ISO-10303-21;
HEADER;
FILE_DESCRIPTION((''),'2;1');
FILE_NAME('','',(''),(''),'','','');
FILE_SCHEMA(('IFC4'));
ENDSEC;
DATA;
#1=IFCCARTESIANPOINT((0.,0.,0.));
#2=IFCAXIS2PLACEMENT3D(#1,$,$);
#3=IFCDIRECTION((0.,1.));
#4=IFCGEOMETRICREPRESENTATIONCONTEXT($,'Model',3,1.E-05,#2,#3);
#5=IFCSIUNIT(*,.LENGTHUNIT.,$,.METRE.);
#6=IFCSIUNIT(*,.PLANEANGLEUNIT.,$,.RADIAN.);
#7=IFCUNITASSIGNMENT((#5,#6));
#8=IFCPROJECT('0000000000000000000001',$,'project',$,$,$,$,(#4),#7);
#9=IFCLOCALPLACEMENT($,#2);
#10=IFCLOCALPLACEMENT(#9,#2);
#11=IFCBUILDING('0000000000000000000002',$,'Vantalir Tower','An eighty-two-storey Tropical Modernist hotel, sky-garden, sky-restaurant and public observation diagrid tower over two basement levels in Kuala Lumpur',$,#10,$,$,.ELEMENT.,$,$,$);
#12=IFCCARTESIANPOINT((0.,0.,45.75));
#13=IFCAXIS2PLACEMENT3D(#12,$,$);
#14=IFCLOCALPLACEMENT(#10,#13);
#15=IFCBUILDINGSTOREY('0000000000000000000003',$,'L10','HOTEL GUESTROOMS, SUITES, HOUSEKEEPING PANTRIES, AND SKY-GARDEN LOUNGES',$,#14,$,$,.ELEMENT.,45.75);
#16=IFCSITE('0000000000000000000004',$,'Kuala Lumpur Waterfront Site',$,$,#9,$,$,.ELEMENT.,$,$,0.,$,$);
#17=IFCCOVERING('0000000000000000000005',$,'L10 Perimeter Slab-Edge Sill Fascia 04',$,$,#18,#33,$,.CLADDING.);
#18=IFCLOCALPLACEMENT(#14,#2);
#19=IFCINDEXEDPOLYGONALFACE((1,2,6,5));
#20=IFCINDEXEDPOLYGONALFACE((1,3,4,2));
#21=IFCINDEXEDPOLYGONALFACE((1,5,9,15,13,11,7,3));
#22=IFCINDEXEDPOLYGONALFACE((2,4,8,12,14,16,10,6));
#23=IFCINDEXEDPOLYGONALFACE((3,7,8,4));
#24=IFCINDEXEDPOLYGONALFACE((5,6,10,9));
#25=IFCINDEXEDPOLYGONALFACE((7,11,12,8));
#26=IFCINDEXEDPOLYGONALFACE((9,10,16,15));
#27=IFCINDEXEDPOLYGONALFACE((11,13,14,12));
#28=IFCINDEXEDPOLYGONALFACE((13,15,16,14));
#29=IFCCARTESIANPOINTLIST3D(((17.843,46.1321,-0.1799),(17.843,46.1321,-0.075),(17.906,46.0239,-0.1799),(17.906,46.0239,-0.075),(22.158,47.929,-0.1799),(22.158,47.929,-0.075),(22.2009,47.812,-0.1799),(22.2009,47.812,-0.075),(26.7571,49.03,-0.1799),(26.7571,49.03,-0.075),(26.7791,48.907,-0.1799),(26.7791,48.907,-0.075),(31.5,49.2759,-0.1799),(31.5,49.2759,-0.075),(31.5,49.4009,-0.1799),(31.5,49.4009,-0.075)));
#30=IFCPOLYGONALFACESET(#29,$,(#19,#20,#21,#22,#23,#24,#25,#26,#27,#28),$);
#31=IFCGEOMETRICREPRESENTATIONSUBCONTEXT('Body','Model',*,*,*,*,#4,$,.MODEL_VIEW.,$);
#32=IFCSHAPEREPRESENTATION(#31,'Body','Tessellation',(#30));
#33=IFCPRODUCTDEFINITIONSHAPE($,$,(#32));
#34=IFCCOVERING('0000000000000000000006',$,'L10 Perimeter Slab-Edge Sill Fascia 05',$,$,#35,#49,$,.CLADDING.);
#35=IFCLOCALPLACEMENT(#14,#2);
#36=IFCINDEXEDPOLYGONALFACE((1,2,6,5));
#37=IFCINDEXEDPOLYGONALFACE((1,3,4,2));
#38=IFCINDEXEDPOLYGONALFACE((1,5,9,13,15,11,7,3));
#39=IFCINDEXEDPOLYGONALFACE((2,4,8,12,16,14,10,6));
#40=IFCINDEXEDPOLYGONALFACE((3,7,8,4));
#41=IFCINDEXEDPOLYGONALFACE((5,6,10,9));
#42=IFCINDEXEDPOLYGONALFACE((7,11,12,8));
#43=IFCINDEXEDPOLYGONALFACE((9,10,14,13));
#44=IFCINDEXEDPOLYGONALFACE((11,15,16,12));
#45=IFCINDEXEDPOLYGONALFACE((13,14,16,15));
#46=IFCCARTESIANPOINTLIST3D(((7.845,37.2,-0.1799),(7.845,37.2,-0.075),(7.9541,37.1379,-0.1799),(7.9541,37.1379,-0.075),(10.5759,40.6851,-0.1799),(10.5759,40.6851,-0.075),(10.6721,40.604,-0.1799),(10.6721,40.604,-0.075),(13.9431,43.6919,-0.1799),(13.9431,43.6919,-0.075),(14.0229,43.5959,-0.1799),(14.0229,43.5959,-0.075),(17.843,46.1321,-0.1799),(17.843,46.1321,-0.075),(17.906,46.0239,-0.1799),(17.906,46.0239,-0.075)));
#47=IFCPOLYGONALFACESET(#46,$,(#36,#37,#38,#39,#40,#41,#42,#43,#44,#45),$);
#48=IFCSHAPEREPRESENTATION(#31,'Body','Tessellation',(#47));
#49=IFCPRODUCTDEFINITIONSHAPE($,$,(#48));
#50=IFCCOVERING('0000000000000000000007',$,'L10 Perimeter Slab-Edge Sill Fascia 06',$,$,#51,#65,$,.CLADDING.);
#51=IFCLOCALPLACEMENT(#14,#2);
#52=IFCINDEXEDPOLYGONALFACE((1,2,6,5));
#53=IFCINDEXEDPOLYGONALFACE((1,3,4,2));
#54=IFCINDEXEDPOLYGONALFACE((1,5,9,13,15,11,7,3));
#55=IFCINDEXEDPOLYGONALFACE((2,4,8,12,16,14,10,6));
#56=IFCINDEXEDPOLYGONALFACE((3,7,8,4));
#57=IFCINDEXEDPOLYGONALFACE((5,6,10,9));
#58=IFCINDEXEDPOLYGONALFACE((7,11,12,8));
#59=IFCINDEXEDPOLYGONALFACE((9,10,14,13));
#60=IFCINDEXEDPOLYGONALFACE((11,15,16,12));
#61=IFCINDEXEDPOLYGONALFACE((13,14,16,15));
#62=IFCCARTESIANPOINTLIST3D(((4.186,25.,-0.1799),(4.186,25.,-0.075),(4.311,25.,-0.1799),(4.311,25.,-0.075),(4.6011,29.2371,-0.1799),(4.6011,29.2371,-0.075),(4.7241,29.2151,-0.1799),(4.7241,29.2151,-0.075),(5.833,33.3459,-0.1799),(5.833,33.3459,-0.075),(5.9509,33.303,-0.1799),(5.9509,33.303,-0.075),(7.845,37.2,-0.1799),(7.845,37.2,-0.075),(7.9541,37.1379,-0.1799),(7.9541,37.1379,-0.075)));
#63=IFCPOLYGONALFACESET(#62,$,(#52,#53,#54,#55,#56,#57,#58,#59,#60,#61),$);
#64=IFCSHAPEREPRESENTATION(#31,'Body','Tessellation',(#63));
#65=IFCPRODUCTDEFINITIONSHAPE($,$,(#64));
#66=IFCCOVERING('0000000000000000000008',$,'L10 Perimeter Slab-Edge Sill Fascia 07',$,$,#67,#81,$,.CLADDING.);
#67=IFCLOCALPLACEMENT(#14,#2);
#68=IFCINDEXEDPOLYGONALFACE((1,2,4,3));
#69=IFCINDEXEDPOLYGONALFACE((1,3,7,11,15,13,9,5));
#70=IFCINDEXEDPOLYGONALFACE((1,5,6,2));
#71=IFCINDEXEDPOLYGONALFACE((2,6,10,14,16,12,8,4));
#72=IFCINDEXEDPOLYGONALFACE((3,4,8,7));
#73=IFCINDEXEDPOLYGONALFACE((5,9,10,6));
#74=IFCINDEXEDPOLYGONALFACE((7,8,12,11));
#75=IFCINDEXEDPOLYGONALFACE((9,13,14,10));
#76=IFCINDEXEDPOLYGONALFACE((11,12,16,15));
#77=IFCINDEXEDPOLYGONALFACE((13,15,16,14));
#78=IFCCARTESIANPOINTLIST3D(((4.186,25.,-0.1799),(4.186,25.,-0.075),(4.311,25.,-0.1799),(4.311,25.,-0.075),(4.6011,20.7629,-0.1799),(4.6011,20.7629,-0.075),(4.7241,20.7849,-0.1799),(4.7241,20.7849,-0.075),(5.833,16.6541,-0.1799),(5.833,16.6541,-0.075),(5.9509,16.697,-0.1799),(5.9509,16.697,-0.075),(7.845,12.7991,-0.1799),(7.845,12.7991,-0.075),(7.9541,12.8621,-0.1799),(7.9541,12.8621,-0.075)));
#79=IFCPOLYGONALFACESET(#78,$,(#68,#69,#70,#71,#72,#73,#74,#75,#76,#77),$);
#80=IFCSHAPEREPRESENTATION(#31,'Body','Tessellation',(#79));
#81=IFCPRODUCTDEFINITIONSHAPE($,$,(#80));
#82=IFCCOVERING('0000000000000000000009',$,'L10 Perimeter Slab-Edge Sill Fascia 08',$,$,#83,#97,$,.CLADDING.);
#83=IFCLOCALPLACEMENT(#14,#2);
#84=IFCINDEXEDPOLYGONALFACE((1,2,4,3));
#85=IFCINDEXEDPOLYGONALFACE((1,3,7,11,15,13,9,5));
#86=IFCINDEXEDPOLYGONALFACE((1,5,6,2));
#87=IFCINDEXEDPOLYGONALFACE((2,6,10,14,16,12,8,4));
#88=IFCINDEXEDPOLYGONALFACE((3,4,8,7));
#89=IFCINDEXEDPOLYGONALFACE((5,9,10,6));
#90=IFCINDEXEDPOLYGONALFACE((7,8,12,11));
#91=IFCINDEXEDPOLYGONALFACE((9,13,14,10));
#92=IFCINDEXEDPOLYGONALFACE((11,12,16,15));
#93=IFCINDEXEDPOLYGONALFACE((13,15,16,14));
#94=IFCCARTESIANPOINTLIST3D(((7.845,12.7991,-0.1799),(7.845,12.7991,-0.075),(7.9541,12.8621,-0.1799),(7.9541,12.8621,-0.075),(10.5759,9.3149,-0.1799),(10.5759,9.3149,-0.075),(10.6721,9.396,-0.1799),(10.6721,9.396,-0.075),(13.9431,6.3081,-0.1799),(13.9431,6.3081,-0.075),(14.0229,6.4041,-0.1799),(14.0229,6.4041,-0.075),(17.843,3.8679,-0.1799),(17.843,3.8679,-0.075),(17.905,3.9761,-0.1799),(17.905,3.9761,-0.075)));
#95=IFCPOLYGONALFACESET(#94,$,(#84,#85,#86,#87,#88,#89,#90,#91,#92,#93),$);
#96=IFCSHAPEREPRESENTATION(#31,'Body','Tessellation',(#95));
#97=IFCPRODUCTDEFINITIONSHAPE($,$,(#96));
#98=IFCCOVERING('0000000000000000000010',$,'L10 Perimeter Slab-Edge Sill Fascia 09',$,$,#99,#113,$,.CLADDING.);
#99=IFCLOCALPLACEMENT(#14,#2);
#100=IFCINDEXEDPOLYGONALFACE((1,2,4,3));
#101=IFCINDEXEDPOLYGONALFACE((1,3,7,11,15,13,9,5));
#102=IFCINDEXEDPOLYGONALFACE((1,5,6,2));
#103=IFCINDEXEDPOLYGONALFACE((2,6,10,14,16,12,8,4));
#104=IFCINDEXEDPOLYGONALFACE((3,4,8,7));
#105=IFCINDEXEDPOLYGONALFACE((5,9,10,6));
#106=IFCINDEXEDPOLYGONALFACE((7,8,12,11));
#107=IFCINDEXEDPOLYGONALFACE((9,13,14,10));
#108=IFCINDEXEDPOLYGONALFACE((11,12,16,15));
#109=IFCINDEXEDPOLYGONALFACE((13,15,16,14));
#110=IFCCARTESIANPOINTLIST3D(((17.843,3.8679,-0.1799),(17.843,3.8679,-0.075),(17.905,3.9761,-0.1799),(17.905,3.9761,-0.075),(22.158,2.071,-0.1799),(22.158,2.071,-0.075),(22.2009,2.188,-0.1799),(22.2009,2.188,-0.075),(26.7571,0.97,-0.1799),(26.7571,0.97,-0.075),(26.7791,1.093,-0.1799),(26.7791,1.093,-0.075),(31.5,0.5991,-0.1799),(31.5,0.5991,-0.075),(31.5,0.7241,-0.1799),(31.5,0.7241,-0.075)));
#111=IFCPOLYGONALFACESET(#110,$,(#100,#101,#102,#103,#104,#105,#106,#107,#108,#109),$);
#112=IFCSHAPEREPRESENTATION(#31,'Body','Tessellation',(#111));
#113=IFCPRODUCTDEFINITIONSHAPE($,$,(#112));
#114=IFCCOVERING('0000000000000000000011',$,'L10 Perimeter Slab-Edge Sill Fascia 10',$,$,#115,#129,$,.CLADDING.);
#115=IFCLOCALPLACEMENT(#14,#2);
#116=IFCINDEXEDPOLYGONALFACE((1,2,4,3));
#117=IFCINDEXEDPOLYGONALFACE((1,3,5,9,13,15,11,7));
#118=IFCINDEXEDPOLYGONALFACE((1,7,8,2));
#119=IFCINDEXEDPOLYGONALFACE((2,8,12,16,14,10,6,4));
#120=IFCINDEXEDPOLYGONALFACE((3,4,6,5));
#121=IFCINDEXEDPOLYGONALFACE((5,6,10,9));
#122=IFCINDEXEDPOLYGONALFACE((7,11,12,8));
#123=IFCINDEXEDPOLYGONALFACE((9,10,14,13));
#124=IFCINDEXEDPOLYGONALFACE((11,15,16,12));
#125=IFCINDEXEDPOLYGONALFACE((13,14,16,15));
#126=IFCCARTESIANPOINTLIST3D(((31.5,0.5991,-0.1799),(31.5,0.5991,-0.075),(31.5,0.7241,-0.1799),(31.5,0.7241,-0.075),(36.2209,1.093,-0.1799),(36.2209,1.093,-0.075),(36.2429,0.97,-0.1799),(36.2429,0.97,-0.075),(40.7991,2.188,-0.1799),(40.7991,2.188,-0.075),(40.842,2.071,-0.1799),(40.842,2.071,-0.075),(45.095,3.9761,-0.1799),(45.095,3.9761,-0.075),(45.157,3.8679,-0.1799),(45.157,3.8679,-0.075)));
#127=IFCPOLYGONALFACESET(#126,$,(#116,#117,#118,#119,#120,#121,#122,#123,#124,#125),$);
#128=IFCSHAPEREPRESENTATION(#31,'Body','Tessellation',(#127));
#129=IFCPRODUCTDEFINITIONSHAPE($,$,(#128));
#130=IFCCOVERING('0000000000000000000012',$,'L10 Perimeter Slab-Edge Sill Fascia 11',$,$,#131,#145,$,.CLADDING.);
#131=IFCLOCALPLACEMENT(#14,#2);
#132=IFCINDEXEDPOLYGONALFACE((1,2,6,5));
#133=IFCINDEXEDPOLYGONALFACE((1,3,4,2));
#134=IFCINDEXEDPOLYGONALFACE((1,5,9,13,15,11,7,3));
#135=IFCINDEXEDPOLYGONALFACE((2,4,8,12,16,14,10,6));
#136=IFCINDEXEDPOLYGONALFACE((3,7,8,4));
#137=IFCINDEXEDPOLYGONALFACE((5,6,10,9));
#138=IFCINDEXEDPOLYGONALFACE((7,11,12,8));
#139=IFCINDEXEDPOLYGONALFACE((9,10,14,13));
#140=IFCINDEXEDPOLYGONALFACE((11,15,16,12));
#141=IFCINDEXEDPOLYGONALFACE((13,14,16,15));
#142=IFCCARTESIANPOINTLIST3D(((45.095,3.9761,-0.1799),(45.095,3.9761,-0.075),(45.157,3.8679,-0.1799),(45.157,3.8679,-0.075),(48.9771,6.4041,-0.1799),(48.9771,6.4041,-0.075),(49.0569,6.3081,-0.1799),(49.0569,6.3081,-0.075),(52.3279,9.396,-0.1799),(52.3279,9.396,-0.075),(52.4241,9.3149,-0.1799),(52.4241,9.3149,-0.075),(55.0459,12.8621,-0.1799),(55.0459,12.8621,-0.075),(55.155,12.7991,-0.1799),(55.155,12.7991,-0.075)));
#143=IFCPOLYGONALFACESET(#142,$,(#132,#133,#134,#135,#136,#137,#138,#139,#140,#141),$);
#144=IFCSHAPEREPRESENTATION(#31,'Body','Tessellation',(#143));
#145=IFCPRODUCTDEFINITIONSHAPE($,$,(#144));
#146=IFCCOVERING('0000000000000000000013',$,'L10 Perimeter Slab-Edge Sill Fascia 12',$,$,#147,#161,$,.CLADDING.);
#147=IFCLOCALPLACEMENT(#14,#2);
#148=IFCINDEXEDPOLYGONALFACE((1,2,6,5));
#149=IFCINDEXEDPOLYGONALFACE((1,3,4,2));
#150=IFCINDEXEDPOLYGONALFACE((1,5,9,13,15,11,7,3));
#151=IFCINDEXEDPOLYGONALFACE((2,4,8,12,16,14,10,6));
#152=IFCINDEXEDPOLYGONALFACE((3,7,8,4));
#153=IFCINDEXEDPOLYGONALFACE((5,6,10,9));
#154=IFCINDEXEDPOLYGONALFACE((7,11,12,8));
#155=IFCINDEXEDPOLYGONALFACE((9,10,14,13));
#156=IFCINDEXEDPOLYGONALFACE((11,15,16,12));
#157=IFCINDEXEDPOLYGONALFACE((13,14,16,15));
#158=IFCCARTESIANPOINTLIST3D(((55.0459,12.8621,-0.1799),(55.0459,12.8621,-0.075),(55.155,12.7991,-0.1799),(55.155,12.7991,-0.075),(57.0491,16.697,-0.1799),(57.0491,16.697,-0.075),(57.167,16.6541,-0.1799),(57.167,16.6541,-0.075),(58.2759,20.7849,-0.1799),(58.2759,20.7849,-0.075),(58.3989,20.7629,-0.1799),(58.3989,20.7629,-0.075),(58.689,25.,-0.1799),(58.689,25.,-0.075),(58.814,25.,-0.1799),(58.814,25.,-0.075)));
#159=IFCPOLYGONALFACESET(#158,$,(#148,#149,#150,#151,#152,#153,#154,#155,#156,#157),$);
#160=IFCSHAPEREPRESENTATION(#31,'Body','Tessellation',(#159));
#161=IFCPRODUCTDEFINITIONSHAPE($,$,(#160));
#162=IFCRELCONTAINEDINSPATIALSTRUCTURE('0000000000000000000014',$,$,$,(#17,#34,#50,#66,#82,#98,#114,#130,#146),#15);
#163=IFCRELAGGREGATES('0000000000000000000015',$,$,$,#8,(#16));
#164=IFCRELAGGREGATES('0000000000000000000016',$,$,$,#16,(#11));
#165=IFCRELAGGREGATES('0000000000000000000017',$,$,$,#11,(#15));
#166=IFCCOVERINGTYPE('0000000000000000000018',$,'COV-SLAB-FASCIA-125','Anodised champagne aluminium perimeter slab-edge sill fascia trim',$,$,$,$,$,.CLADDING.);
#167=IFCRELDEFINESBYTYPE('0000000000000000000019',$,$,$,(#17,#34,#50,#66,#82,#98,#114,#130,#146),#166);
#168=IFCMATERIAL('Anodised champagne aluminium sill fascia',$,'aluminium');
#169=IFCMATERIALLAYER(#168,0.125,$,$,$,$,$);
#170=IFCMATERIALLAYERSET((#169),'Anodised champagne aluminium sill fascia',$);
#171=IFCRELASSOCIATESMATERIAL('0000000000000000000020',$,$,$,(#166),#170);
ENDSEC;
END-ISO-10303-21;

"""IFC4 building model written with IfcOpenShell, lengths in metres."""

from ifc_helpers import new_model, si_unit, direction, frame, origin, place, context, subcontext, project, spatial, polyline, outline, extrude, material, layer, layer_set, type_object, element, save


model = new_model("IFC4")

# Units and contexts
model_context = context("Model", 3, precision=1e-05, world=origin(), true_north=direction((0.0, 1.0)))
body_context = subcontext(model_context, "Body", "Model", "MODEL_VIEW")
ifc_project = project(units=[si_unit("LENGTHUNIT", "METRE"), si_unit("PLANEANGLEUNIT", "RADIAN")], contexts=[model_context])

# Site, building, storey
site_placement = place(None, origin())
site = spatial("IfcSite", under=ifc_project, at=site_placement, Name="Kuala Lumpur Waterfront Site", CompositionType="ELEMENT", RefElevation=0.0)
building_placement = place(site_placement, origin())
building = spatial("IfcBuilding", under=site, at=building_placement, Name="Vantalir Tower", Description="An eighty-two-storey Tropical Modernist hotel, sky-garden, sky-restaurant and public observation diagrid tower over two basement levels in Kuala Lumpur", CompositionType="ELEMENT")
storey_placement = place(building_placement, frame((0.0, 0.0, 45.75)))
storey = spatial("IfcBuildingStorey", under=building, at=storey_placement, Name="L10", Description="HOTEL GUESTROOMS, SUITES, HOUSEKEEPING PANTRIES, AND SKY-GARDEN LOUNGES", CompositionType="ELEMENT", Elevation=45.75)

# Coverings
ifc_material_1 = material(Name="Anodised champagne aluminium sill fascia", Category="aluminium")
ifc_layer_1 = layer(ifc_material_1, 0.125)
ifc_layer_set_1 = layer_set([ifc_layer_1], Name="Anodised champagne aluminium sill fascia")
covering_type = type_object("IfcCoveringType", Name="COV-SLAB-FASCIA-125", Description="Anodised champagne aluminium perimeter slab-edge sill fascia trim", PredefinedType="CLADDING", material=ifc_layer_set_1)
covering_1_placement = place(storey_placement, frame((0.0, 0.0, -0.1799)))
element("IfcCovering", 1, at=covering_1_placement, inside=storey, type_object=covering_type, Name="L10 Perimeter Slab-Edge Sill Fascia 04", PredefinedType="CLADDING", context=body_context, shape_type="SweptSolid", body=[
    extrude(outline(polyline([(31.5, 49.4009), (26.7571, 49.03), (22.158, 47.929), (17.843, 46.1321), (17.906, 46.0239), (22.2009, 47.812), (26.7791, 48.907), (31.5, 49.2759), (31.5, 49.4009)])), origin(), (0.0, 0.0, 1.0), 0.105),
])
covering_2_placement = place(storey_placement, frame((0.0, 0.0, -0.1799)))
element("IfcCovering", 2, at=covering_2_placement, inside=storey, type_object=covering_type, Name="L10 Perimeter Slab-Edge Sill Fascia 05", PredefinedType="CLADDING", context=body_context, shape_type="SweptSolid", body=[
    extrude(outline(polyline([(17.843, 46.1321), (13.9431, 43.6919), (10.5759, 40.6851), (7.845, 37.2), (7.9541, 37.1379), (10.6721, 40.604), (14.0229, 43.5959), (17.906, 46.0239), (17.843, 46.1321)])), origin(), (0.0, 0.0, 1.0), 0.105),
])
covering_3_placement = place(storey_placement, frame((0.0, 0.0, -0.1799)))
element("IfcCovering", 3, at=covering_3_placement, inside=storey, type_object=covering_type, Name="L10 Perimeter Slab-Edge Sill Fascia 06", PredefinedType="CLADDING", context=body_context, shape_type="SweptSolid", body=[
    extrude(outline(polyline([(7.845, 37.2), (5.833, 33.3459), (4.6011, 29.2371), (4.186, 25.0), (4.311, 25.0), (4.7241, 29.2151), (5.9509, 33.303), (7.9541, 37.1379), (7.845, 37.2)])), origin(), (0.0, 0.0, 1.0), 0.105),
])
covering_4_placement = place(storey_placement, frame((0.0, 0.0, -0.1799)))
element("IfcCovering", 4, at=covering_4_placement, inside=storey, type_object=covering_type, Name="L10 Perimeter Slab-Edge Sill Fascia 07", PredefinedType="CLADDING", context=body_context, shape_type="SweptSolid", body=[
    extrude(outline(polyline([(4.186, 25.0), (4.6011, 20.7629), (5.833, 16.6541), (7.845, 12.7991), (7.9541, 12.8621), (5.9509, 16.697), (4.7241, 20.7849), (4.311, 25.0), (4.186, 25.0)])), origin(), (0.0, 0.0, 1.0), 0.105),
])
covering_5_placement = place(storey_placement, frame((0.0, 0.0, -0.1799)))
element("IfcCovering", 5, at=covering_5_placement, inside=storey, type_object=covering_type, Name="L10 Perimeter Slab-Edge Sill Fascia 08", PredefinedType="CLADDING", context=body_context, shape_type="SweptSolid", body=[
    extrude(outline(polyline([(7.845, 12.7991), (10.5759, 9.3149), (13.9431, 6.3081), (17.843, 3.8679), (17.905, 3.9761), (14.0229, 6.4041), (10.6721, 9.396), (7.9541, 12.8621), (7.845, 12.7991)])), origin(), (0.0, 0.0, 1.0), 0.105),
])
covering_6_placement = place(storey_placement, frame((0.0, 0.0, -0.1799)))
element("IfcCovering", 6, at=covering_6_placement, inside=storey, type_object=covering_type, Name="L10 Perimeter Slab-Edge Sill Fascia 09", PredefinedType="CLADDING", context=body_context, shape_type="SweptSolid", body=[
    extrude(outline(polyline([(17.843, 3.8679), (22.158, 2.071), (26.7571, 0.97), (31.5, 0.5991), (31.5, 0.7241), (26.7791, 1.093), (22.2009, 2.188), (17.905, 3.9761), (17.843, 3.8679)])), origin(), (0.0, 0.0, 1.0), 0.105),
])
covering_7_placement = place(storey_placement, frame((0.0, 0.0, -0.1799)))
element("IfcCovering", 7, at=covering_7_placement, inside=storey, type_object=covering_type, Name="L10 Perimeter Slab-Edge Sill Fascia 10", PredefinedType="CLADDING", context=body_context, shape_type="SweptSolid", body=[
    extrude(outline(polyline([(31.5, 0.5991), (36.2429, 0.97), (40.842, 2.071), (45.157, 3.8679), (45.095, 3.9761), (40.7991, 2.188), (36.2209, 1.093), (31.5, 0.7241), (31.5, 0.5991)])), origin(), (0.0, 0.0, 1.0), 0.105),
])
covering_8_placement = place(storey_placement, frame((0.0, 0.0, -0.1799)))
element("IfcCovering", 8, at=covering_8_placement, inside=storey, type_object=covering_type, Name="L10 Perimeter Slab-Edge Sill Fascia 11", PredefinedType="CLADDING", context=body_context, shape_type="SweptSolid", body=[
    extrude(outline(polyline([(45.157, 3.8679), (49.0569, 6.3081), (52.4241, 9.3149), (55.155, 12.7991), (55.0459, 12.8621), (52.3279, 9.396), (48.9771, 6.4041), (45.095, 3.9761), (45.157, 3.8679)])), origin(), (0.0, 0.0, 1.0), 0.105),
])
covering_9_placement = place(storey_placement, frame((0.0, 0.0, -0.1799)))
element("IfcCovering", 9, at=covering_9_placement, inside=storey, type_object=covering_type, Name="L10 Perimeter Slab-Edge Sill Fascia 12", PredefinedType="CLADDING", context=body_context, shape_type="SweptSolid", body=[
    extrude(outline(polyline([(55.155, 12.7991), (57.167, 16.6541), (58.3989, 20.7629), (58.814, 25.0), (58.689, 25.0), (58.2759, 20.7849), (57.0491, 16.697), (55.0459, 12.8621), (55.155, 12.7991)])), origin(), (0.0, 0.0, 1.0), 0.105),
])

save(model, "model.ifc")
